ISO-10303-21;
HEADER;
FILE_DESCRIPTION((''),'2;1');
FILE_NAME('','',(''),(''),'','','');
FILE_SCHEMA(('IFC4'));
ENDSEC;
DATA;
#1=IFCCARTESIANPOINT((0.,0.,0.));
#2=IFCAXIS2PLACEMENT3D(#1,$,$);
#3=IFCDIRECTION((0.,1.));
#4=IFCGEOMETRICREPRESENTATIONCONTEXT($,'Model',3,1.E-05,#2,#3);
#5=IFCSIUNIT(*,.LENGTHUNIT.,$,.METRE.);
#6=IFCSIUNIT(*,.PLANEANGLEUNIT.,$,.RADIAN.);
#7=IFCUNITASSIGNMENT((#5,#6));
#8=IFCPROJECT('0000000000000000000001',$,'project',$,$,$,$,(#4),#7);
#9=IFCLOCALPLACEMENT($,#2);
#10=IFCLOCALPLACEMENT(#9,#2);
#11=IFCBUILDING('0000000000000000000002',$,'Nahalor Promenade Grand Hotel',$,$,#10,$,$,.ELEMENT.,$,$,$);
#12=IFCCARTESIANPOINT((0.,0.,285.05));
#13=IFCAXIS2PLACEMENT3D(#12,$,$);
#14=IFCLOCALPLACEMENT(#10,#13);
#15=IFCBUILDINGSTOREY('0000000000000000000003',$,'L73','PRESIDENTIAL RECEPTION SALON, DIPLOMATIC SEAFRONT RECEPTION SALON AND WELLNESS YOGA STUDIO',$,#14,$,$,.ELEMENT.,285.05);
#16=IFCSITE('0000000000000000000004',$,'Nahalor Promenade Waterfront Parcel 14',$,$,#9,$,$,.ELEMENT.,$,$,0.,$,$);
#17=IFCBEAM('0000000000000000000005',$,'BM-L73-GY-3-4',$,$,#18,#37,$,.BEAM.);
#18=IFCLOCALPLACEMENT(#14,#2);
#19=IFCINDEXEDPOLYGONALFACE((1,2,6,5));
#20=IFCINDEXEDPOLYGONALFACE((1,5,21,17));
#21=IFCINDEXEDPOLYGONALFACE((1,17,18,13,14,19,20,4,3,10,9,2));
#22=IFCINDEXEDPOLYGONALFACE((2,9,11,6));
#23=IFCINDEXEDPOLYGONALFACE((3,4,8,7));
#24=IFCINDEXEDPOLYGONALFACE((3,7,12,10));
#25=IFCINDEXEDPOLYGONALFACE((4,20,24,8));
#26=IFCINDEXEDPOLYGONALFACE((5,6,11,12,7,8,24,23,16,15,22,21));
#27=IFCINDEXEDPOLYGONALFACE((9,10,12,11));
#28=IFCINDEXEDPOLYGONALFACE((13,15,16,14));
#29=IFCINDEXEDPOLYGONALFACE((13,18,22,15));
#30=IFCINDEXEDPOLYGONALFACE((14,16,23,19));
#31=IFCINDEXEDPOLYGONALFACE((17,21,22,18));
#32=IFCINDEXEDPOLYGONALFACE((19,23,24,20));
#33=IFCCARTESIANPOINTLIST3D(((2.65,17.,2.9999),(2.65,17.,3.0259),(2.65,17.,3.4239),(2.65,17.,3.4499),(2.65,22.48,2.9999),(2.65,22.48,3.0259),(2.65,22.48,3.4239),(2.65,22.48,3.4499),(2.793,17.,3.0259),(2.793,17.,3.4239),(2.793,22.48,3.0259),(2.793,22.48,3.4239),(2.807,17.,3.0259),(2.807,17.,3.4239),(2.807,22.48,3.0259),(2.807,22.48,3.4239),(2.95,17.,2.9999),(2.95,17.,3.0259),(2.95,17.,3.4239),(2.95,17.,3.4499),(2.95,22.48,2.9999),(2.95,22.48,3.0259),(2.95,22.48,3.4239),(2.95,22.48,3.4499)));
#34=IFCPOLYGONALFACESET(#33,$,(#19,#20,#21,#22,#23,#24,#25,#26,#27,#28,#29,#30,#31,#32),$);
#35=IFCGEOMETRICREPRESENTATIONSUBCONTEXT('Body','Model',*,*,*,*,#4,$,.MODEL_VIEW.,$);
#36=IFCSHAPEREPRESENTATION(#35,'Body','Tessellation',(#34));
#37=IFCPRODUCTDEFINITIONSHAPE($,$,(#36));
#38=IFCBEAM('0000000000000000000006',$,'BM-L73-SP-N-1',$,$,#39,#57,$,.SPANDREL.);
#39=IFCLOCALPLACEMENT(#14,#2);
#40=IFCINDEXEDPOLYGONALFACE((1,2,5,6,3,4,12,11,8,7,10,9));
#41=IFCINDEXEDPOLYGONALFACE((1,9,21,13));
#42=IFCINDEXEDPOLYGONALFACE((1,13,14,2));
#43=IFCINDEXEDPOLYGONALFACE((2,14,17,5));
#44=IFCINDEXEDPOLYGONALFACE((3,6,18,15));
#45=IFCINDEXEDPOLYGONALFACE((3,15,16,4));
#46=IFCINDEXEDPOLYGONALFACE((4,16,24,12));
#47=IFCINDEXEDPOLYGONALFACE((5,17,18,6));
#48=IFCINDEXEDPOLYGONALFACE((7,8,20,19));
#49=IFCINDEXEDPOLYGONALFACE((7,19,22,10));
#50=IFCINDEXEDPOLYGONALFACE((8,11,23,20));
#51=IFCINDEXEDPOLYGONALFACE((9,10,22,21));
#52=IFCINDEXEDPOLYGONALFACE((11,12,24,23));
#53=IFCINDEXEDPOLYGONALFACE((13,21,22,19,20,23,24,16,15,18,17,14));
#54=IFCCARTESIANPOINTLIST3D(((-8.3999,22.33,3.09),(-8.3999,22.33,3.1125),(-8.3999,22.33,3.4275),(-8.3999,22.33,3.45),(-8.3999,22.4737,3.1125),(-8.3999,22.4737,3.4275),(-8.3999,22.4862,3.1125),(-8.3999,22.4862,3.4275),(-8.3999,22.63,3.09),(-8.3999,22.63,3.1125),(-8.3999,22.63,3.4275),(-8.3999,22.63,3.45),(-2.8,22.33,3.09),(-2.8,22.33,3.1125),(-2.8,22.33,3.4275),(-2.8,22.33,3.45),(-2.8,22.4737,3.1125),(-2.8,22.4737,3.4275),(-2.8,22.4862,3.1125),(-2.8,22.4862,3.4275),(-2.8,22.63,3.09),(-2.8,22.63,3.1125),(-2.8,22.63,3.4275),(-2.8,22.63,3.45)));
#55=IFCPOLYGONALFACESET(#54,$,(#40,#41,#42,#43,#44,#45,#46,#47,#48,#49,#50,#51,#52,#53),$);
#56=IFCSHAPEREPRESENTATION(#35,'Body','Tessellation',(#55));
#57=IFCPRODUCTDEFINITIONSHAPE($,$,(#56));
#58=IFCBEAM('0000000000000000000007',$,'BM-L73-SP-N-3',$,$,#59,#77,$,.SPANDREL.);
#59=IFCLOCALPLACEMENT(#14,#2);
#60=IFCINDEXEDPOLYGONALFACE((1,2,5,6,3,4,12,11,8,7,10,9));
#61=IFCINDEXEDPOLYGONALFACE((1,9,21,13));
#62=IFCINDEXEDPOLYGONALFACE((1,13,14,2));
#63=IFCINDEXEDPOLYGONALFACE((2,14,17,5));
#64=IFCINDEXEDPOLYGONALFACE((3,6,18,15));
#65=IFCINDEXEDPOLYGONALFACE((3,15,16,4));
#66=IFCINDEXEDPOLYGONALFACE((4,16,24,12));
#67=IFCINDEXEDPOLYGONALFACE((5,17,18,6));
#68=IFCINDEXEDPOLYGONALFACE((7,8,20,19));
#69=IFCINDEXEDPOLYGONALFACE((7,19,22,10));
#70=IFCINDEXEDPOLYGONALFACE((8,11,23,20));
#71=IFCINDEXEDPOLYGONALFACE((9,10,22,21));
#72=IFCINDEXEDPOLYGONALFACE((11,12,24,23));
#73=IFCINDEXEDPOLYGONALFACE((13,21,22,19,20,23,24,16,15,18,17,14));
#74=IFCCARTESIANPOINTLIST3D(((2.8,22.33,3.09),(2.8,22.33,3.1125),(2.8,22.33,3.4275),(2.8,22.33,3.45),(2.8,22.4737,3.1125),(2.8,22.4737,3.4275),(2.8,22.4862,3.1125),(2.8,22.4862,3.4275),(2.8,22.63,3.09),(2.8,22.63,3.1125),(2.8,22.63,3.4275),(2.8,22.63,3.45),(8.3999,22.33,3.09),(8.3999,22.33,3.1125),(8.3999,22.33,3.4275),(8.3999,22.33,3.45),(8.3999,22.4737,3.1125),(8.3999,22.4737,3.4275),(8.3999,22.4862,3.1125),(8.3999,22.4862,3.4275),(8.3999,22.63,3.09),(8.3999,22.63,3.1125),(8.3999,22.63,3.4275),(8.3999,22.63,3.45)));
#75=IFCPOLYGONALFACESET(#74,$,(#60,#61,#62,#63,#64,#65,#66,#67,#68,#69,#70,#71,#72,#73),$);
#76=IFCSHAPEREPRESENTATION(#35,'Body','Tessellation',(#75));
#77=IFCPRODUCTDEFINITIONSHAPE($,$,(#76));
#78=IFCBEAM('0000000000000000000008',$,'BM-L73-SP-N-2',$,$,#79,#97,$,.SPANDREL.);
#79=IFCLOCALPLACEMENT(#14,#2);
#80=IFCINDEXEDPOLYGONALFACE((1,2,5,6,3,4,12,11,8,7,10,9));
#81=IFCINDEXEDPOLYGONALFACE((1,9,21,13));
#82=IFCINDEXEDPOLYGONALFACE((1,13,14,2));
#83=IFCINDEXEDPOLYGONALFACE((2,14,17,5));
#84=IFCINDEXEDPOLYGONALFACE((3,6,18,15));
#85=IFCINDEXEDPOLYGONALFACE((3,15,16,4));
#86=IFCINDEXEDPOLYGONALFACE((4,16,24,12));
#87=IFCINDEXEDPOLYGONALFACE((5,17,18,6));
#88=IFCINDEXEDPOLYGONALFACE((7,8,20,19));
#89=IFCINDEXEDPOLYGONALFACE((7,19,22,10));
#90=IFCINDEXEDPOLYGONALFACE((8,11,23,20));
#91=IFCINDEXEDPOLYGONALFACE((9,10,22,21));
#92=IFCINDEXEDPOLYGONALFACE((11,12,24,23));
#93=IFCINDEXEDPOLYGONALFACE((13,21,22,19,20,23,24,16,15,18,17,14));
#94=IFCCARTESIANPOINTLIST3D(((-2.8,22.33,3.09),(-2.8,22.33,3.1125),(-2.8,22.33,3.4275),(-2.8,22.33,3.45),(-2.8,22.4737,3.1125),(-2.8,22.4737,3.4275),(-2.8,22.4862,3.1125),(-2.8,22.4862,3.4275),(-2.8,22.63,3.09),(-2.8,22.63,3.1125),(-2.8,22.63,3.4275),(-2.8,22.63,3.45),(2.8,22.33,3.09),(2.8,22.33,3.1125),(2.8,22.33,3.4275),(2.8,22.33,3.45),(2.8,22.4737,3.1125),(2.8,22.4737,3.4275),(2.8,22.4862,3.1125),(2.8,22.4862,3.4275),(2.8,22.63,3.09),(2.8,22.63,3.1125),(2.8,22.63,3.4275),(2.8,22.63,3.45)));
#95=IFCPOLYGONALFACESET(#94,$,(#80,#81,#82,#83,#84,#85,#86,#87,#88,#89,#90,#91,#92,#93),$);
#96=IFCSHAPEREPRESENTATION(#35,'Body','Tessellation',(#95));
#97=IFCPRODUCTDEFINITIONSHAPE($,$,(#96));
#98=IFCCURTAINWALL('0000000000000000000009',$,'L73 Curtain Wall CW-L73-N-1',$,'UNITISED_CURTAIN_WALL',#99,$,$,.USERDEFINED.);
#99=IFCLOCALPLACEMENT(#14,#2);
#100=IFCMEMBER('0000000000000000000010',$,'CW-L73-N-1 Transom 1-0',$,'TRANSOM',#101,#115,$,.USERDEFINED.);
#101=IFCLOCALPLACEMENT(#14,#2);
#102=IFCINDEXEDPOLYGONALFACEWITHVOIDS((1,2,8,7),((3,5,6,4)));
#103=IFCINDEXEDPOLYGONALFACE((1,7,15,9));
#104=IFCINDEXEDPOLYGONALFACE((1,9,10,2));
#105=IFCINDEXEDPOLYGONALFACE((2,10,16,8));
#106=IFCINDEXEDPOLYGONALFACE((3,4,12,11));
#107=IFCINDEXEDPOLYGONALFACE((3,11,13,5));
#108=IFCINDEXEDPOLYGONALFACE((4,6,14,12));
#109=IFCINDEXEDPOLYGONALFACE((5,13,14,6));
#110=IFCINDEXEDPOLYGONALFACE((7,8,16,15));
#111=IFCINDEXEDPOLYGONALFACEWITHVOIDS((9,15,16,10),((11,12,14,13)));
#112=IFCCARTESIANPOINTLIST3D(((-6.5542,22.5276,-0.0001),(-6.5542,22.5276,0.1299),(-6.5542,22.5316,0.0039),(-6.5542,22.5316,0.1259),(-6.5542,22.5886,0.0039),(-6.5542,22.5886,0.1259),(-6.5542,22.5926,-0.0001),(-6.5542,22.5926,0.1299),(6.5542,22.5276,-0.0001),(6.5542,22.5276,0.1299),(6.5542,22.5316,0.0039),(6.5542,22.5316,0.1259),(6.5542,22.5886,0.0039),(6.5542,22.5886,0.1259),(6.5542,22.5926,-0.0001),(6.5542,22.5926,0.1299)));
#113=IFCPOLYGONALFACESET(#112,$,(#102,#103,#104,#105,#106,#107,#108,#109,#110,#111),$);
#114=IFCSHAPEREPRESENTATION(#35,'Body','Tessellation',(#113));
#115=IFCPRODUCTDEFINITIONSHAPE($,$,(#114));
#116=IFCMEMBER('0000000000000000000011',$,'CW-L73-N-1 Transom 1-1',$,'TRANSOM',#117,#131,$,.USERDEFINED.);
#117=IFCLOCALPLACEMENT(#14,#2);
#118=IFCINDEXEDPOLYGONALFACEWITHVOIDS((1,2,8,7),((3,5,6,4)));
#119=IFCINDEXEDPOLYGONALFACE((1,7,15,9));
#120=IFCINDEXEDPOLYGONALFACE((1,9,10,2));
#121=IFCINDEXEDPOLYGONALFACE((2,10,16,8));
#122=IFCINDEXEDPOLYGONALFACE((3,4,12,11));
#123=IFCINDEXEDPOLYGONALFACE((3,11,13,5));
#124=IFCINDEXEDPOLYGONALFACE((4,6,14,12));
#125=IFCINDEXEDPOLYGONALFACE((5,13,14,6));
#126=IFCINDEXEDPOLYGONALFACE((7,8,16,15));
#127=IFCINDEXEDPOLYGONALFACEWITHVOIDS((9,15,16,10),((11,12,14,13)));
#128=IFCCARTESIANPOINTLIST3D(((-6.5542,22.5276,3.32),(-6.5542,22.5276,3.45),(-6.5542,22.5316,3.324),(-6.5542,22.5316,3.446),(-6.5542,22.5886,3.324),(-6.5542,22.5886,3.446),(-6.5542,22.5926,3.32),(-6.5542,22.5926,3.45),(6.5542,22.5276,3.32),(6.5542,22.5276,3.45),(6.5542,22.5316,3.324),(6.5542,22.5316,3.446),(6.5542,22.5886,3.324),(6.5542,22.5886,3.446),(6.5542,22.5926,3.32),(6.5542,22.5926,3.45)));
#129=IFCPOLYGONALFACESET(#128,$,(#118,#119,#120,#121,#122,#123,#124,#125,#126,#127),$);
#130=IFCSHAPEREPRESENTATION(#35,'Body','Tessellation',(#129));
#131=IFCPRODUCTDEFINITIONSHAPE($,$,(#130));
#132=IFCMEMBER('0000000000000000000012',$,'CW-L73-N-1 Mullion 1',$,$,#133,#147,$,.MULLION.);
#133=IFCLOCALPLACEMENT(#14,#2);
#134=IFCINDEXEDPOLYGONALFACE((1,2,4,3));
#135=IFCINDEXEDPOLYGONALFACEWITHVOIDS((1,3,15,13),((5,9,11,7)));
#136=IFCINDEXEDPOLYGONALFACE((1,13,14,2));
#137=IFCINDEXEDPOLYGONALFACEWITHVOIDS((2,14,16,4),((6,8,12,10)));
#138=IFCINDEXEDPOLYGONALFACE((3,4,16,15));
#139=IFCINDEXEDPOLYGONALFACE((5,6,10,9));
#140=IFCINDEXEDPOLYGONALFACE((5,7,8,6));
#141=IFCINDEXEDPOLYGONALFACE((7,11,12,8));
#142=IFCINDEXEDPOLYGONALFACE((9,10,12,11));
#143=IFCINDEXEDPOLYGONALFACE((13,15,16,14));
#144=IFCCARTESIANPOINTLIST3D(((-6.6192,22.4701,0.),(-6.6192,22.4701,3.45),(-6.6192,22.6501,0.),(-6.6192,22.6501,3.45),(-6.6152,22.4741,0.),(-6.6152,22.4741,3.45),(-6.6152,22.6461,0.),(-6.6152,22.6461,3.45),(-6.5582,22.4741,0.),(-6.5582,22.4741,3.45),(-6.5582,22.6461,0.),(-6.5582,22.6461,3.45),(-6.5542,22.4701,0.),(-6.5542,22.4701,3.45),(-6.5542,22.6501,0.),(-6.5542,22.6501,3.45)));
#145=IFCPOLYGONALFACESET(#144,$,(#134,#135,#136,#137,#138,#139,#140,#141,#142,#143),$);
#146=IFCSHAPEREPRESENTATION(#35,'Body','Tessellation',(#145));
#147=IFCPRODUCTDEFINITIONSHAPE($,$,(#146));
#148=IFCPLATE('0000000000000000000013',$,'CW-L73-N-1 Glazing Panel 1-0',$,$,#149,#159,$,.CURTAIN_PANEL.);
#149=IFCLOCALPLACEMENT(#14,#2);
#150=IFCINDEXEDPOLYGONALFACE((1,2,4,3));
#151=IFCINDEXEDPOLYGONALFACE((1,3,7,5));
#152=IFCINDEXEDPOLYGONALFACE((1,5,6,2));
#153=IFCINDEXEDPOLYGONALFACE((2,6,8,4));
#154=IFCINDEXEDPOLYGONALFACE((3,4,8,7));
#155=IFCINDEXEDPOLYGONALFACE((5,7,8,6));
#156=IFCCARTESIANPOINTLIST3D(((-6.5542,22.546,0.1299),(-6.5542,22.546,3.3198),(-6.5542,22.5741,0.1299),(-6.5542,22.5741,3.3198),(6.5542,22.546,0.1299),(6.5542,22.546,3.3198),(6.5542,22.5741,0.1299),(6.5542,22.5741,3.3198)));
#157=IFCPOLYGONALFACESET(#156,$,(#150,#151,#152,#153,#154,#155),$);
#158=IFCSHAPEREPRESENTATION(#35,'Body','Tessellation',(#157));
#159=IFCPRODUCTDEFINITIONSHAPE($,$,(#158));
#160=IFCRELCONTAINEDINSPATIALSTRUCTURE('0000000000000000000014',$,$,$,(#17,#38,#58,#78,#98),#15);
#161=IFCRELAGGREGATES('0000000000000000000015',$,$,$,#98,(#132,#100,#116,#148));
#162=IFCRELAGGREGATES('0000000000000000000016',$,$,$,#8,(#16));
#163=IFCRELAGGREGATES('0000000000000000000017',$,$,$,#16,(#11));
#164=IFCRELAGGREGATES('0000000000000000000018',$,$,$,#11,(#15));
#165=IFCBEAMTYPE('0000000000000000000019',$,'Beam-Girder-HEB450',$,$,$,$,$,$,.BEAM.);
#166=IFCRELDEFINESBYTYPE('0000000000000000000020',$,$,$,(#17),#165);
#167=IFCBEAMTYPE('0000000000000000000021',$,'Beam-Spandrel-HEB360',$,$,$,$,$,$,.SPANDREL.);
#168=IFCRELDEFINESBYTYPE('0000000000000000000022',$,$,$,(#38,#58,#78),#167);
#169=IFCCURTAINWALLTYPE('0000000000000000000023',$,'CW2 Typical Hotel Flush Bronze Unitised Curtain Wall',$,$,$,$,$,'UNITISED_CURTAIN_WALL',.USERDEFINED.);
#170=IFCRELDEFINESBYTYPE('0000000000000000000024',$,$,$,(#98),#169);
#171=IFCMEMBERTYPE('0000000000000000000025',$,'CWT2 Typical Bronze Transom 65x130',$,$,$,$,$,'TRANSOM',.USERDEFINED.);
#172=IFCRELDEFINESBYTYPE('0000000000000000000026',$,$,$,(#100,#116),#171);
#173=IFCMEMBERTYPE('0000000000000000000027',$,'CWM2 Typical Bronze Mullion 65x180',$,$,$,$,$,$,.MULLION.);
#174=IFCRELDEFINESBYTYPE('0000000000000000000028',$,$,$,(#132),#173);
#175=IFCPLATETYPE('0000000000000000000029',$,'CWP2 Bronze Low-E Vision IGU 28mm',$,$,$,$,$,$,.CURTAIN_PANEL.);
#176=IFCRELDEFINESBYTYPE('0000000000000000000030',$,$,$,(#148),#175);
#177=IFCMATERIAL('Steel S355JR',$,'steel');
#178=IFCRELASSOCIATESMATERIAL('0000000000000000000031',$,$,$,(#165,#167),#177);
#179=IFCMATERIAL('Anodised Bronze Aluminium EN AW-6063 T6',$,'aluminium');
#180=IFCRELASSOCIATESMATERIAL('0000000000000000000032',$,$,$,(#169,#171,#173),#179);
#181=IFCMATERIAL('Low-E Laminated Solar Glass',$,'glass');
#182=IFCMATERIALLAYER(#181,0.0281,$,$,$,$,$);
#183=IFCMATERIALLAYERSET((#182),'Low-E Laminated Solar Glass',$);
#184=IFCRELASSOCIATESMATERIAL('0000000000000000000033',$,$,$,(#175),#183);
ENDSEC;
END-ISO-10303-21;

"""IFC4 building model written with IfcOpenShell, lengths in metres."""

from ifc_helpers import new_model, si_unit, direction, frame, origin, origin_2d, place, context, subcontext, project, spatial, rectangle, hollow_rectangle, i_section, extrude, source, transform, mapped, material, layer, layer_set, material_profile, profile_set, type_object, element, aggregate, save


model = new_model("IFC4")

# Units and contexts
model_context = context("Model", 3, precision=1e-05, world=origin(), true_north=direction((0.0, 1.0)))
body_context = subcontext(model_context, "Body", "Model", "MODEL_VIEW")
ifc_project = project(units=[si_unit("LENGTHUNIT", "METRE"), si_unit("PLANEANGLEUNIT", "RADIAN")], contexts=[model_context])

# Site, building, storey
site_placement = place(None, origin())
site = spatial("IfcSite", under=ifc_project, at=site_placement, Name="Nahalor Promenade Waterfront Parcel 14", CompositionType="ELEMENT", RefElevation=0.0)
building_placement = place(site_placement, origin())
building = spatial("IfcBuilding", under=site, at=building_placement, Name="Nahalor Promenade Grand Hotel", CompositionType="ELEMENT")
storey_placement = place(building_placement, frame((0.0, 0.0, 285.05)))
storey = spatial("IfcBuildingStorey", under=building, at=storey_placement, Name="L73", Description="PRESIDENTIAL RECEPTION SALON, DIPLOMATIC SEAFRONT RECEPTION SALON AND WELLNESS YOGA STUDIO", CompositionType="ELEMENT", Elevation=285.05)

# Shared definitions
ifc_material_1 = material(Name="Steel S355JR", Category="steel")

# Beams
ifc_material_profile_1 = material_profile(ifc_material_1, i_section(OverallWidth=0.3, OverallDepth=0.45, WebThickness=0.014, FlangeThickness=0.026, at=origin_2d()), Name="HEB 450")
ifc_profile_set_1 = profile_set([ifc_material_profile_1], Name="Steel S355JR")
beam_type_1 = type_object("IfcBeamType", Name="Beam-Girder-HEB450", PredefinedType="BEAM", material=ifc_profile_set_1)
shared_shape_1 = source(origin(), body_context, "Body", "SweptSolid", [
    extrude(i_section(OverallWidth=0.3, OverallDepth=0.45, WebThickness=0.014, FlangeThickness=0.026, at=origin_2d()), origin(), (0.0, 0.0, 1.0), 5.48),
])
for number, where, z_axis, x_axis, name in (
    (1, (2.8, 17.0, 3.2249), (0.0, 1.0, 0.0), (-1.0, 0.0, 0.0), "BM-L73-GY-3-4"),
):
    element("IfcBeam", number, at=place(storey_placement, frame(where, z_axis=z_axis, x_axis=x_axis)), inside=storey, type_object=beam_type_1, Name=name, PredefinedType="BEAM", context=body_context, shape_type="MappedRepresentation", body=[
        mapped(shared_shape_1, transform((0.0, 0.0, 0.0), scale=1.0)),
    ])
ifc_material_profile_2 = material_profile(ifc_material_1, i_section(OverallWidth=0.3, OverallDepth=0.36, WebThickness=0.0125, FlangeThickness=0.0225, at=origin_2d()), Name="HEB 360")
ifc_profile_set_2 = profile_set([ifc_material_profile_2], Name="Steel S355JR")
beam_type_2 = type_object("IfcBeamType", Name="Beam-Spandrel-HEB360", PredefinedType="SPANDREL", material=ifc_profile_set_2)
shared_shape_2 = source(origin(), body_context, "Body", "SweptSolid", [
    extrude(i_section(OverallWidth=0.3, OverallDepth=0.36, WebThickness=0.0125, FlangeThickness=0.0225, at=origin_2d()), origin(), (0.0, 0.0, 1.0), 5.5999),
])
for number, where, z_axis, x_axis, name in (
    (2, (-8.3999, 22.48, 3.27), (1.0, 0.0, 0.0), (0.0, 1.0, 0.0), "BM-L73-SP-N-1"),
    (3, (2.8, 22.48, 3.27), (1.0, 0.0, 0.0), (0.0, 1.0, 0.0), "BM-L73-SP-N-3"),
):
    element("IfcBeam", number, at=place(storey_placement, frame(where, z_axis=z_axis, x_axis=x_axis)), inside=storey, type_object=beam_type_2, Name=name, PredefinedType="SPANDREL", context=body_context, shape_type="MappedRepresentation", body=[
        mapped(shared_shape_2, transform((0.0, 0.0, 0.0), scale=1.0)),
    ])
shared_shape_3 = source(origin(), body_context, "Body", "SweptSolid", [
    extrude(i_section(OverallWidth=0.3, OverallDepth=0.36, WebThickness=0.0125, FlangeThickness=0.0225, at=origin_2d()), origin(), (0.0, 0.0, 1.0), 5.6001),
])
beam_1_placement = place(storey_placement, frame((-2.8, 22.48, 3.27), z_axis=(1.0, 0.0, 0.0), x_axis=(0.0, 1.0, 0.0)))
element("IfcBeam", 4, at=beam_1_placement, inside=storey, type_object=beam_type_2, Name="BM-L73-SP-N-2", PredefinedType="SPANDREL", context=body_context, shape_type="MappedRepresentation", body=[
    mapped(shared_shape_3, transform((0.0, 0.0, 0.0), scale=1.0)),
])

# Curtain wall, members, plate
ifc_material_2 = material(Name="Anodised Bronze Aluminium EN AW-6063 T6", Category="aluminium")
curtain_wall_type = type_object("IfcCurtainWallType", Name="CW2 Typical Hotel Flush Bronze Unitised Curtain Wall", ElementType="UNITISED_CURTAIN_WALL", PredefinedType="USERDEFINED", material=ifc_material_2)
curtain_wall_placement = place(storey_placement, origin())
curtain_wall = element("IfcCurtainWall", 5, at=curtain_wall_placement, inside=storey, type_object=curtain_wall_type, Name="L73 Curtain Wall CW-L73-N-1", ObjectType="UNITISED_CURTAIN_WALL", PredefinedType="USERDEFINED")
ifc_material_profile_3 = material_profile(ifc_material_2, hollow_rectangle(XDim=0.065, YDim=0.13, WallThickness=0.004, at=origin_2d()), Name="CWT 65x130x4")
ifc_profile_set_3 = profile_set([ifc_material_profile_3], Name="Anodised Bronze Aluminium EN AW-6063 T6")
member_type_1 = type_object("IfcMemberType", Name="CWT2 Typical Bronze Transom 65x130", ElementType="TRANSOM", PredefinedType="USERDEFINED", material=ifc_profile_set_3)
shared_shape_4 = source(origin(), body_context, "Body", "SweptSolid", [
    extrude(hollow_rectangle(XDim=0.065, YDim=0.13, WallThickness=0.004, at=origin_2d()), origin(), (0.0, 0.0, 1.0), 13.1084),
])
member_1_placement = place(storey_placement, frame((-6.5542, 22.5601, 0.0649), z_axis=(1.0, 0.0, 0.0), x_axis=(0.0, 1.0, 0.0)))
member_1 = element("IfcMember", 6, at=member_1_placement, type_object=member_type_1, Name="CW-L73-N-1 Transom 1-0", ObjectType="TRANSOM", PredefinedType="USERDEFINED", context=body_context, shape_type="MappedRepresentation", body=[
    mapped(shared_shape_4, transform((0.0, 0.0, 0.0), scale=1.0)),
])
member_2_placement = place(storey_placement, frame((-6.5542, 22.5601, 3.385), z_axis=(1.0, 0.0, 0.0), x_axis=(0.0, 1.0, 0.0)))
member_2 = element("IfcMember", 7, at=member_2_placement, type_object=member_type_1, Name="CW-L73-N-1 Transom 1-1", ObjectType="TRANSOM", PredefinedType="USERDEFINED", context=body_context, shape_type="MappedRepresentation", body=[
    mapped(shared_shape_4, transform((0.0, 0.0, 0.0), scale=1.0)),
])
ifc_material_profile_4 = material_profile(ifc_material_2, hollow_rectangle(XDim=0.065, YDim=0.18, WallThickness=0.004, at=origin_2d()), Name="CWM 65x180x4")
ifc_profile_set_4 = profile_set([ifc_material_profile_4], Name="Anodised Bronze Aluminium EN AW-6063 T6")
member_type_2 = type_object("IfcMemberType", Name="CWM2 Typical Bronze Mullion 65x180", PredefinedType="MULLION", material=ifc_profile_set_4)
shared_shape_5 = source(origin(), body_context, "Body", "SweptSolid", [
    extrude(hollow_rectangle(XDim=0.065, YDim=0.18, WallThickness=0.004, at=origin_2d()), origin(), (0.0, 0.0, 1.0), 3.45),
])
member_3_placement = place(storey_placement, frame((-6.5867, 22.5601, 0.0), z_axis=(0.0, 0.0, 1.0), x_axis=(1.0, 0.0, 0.0)))
member_3 = element("IfcMember", 8, at=member_3_placement, type_object=member_type_2, Name="CW-L73-N-1 Mullion 1", PredefinedType="MULLION", context=body_context, shape_type="MappedRepresentation", body=[
    mapped(shared_shape_5, transform((0.0, 0.0, 0.0), scale=1.0)),
])
ifc_material_3 = material(Name="Low-E Laminated Solar Glass", Category="glass")
ifc_layer_1 = layer(ifc_material_3, 0.0281)
ifc_layer_set_1 = layer_set([ifc_layer_1], Name="Low-E Laminated Solar Glass")
plate_type = type_object("IfcPlateType", Name="CWP2 Bronze Low-E Vision IGU 28mm", PredefinedType="CURTAIN_PANEL", material=ifc_layer_set_1)
shared_shape_6 = source(origin(), body_context, "Body", "SweptSolid", [
    extrude(rectangle(XDim=13.1084, YDim=0.0281, at=origin_2d()), origin(), (0.0, 0.0, 1.0), 3.1899),
])
plate_placement = place(storey_placement, frame((0.0, 22.5601, 0.1299), z_axis=(0.0, 0.0, 1.0), x_axis=(1.0, 0.0, 0.0)))
plate = element("IfcPlate", 9, at=plate_placement, type_object=plate_type, Name="CW-L73-N-1 Glazing Panel 1-0", PredefinedType="CURTAIN_PANEL", context=body_context, shape_type="MappedRepresentation", body=[
    mapped(shared_shape_6, transform((0.0, 0.0, 0.0), scale=1.0)),
])
aggregate(curtain_wall, [member_3, member_1, member_2, plate])

save(model, "model.ifc")
